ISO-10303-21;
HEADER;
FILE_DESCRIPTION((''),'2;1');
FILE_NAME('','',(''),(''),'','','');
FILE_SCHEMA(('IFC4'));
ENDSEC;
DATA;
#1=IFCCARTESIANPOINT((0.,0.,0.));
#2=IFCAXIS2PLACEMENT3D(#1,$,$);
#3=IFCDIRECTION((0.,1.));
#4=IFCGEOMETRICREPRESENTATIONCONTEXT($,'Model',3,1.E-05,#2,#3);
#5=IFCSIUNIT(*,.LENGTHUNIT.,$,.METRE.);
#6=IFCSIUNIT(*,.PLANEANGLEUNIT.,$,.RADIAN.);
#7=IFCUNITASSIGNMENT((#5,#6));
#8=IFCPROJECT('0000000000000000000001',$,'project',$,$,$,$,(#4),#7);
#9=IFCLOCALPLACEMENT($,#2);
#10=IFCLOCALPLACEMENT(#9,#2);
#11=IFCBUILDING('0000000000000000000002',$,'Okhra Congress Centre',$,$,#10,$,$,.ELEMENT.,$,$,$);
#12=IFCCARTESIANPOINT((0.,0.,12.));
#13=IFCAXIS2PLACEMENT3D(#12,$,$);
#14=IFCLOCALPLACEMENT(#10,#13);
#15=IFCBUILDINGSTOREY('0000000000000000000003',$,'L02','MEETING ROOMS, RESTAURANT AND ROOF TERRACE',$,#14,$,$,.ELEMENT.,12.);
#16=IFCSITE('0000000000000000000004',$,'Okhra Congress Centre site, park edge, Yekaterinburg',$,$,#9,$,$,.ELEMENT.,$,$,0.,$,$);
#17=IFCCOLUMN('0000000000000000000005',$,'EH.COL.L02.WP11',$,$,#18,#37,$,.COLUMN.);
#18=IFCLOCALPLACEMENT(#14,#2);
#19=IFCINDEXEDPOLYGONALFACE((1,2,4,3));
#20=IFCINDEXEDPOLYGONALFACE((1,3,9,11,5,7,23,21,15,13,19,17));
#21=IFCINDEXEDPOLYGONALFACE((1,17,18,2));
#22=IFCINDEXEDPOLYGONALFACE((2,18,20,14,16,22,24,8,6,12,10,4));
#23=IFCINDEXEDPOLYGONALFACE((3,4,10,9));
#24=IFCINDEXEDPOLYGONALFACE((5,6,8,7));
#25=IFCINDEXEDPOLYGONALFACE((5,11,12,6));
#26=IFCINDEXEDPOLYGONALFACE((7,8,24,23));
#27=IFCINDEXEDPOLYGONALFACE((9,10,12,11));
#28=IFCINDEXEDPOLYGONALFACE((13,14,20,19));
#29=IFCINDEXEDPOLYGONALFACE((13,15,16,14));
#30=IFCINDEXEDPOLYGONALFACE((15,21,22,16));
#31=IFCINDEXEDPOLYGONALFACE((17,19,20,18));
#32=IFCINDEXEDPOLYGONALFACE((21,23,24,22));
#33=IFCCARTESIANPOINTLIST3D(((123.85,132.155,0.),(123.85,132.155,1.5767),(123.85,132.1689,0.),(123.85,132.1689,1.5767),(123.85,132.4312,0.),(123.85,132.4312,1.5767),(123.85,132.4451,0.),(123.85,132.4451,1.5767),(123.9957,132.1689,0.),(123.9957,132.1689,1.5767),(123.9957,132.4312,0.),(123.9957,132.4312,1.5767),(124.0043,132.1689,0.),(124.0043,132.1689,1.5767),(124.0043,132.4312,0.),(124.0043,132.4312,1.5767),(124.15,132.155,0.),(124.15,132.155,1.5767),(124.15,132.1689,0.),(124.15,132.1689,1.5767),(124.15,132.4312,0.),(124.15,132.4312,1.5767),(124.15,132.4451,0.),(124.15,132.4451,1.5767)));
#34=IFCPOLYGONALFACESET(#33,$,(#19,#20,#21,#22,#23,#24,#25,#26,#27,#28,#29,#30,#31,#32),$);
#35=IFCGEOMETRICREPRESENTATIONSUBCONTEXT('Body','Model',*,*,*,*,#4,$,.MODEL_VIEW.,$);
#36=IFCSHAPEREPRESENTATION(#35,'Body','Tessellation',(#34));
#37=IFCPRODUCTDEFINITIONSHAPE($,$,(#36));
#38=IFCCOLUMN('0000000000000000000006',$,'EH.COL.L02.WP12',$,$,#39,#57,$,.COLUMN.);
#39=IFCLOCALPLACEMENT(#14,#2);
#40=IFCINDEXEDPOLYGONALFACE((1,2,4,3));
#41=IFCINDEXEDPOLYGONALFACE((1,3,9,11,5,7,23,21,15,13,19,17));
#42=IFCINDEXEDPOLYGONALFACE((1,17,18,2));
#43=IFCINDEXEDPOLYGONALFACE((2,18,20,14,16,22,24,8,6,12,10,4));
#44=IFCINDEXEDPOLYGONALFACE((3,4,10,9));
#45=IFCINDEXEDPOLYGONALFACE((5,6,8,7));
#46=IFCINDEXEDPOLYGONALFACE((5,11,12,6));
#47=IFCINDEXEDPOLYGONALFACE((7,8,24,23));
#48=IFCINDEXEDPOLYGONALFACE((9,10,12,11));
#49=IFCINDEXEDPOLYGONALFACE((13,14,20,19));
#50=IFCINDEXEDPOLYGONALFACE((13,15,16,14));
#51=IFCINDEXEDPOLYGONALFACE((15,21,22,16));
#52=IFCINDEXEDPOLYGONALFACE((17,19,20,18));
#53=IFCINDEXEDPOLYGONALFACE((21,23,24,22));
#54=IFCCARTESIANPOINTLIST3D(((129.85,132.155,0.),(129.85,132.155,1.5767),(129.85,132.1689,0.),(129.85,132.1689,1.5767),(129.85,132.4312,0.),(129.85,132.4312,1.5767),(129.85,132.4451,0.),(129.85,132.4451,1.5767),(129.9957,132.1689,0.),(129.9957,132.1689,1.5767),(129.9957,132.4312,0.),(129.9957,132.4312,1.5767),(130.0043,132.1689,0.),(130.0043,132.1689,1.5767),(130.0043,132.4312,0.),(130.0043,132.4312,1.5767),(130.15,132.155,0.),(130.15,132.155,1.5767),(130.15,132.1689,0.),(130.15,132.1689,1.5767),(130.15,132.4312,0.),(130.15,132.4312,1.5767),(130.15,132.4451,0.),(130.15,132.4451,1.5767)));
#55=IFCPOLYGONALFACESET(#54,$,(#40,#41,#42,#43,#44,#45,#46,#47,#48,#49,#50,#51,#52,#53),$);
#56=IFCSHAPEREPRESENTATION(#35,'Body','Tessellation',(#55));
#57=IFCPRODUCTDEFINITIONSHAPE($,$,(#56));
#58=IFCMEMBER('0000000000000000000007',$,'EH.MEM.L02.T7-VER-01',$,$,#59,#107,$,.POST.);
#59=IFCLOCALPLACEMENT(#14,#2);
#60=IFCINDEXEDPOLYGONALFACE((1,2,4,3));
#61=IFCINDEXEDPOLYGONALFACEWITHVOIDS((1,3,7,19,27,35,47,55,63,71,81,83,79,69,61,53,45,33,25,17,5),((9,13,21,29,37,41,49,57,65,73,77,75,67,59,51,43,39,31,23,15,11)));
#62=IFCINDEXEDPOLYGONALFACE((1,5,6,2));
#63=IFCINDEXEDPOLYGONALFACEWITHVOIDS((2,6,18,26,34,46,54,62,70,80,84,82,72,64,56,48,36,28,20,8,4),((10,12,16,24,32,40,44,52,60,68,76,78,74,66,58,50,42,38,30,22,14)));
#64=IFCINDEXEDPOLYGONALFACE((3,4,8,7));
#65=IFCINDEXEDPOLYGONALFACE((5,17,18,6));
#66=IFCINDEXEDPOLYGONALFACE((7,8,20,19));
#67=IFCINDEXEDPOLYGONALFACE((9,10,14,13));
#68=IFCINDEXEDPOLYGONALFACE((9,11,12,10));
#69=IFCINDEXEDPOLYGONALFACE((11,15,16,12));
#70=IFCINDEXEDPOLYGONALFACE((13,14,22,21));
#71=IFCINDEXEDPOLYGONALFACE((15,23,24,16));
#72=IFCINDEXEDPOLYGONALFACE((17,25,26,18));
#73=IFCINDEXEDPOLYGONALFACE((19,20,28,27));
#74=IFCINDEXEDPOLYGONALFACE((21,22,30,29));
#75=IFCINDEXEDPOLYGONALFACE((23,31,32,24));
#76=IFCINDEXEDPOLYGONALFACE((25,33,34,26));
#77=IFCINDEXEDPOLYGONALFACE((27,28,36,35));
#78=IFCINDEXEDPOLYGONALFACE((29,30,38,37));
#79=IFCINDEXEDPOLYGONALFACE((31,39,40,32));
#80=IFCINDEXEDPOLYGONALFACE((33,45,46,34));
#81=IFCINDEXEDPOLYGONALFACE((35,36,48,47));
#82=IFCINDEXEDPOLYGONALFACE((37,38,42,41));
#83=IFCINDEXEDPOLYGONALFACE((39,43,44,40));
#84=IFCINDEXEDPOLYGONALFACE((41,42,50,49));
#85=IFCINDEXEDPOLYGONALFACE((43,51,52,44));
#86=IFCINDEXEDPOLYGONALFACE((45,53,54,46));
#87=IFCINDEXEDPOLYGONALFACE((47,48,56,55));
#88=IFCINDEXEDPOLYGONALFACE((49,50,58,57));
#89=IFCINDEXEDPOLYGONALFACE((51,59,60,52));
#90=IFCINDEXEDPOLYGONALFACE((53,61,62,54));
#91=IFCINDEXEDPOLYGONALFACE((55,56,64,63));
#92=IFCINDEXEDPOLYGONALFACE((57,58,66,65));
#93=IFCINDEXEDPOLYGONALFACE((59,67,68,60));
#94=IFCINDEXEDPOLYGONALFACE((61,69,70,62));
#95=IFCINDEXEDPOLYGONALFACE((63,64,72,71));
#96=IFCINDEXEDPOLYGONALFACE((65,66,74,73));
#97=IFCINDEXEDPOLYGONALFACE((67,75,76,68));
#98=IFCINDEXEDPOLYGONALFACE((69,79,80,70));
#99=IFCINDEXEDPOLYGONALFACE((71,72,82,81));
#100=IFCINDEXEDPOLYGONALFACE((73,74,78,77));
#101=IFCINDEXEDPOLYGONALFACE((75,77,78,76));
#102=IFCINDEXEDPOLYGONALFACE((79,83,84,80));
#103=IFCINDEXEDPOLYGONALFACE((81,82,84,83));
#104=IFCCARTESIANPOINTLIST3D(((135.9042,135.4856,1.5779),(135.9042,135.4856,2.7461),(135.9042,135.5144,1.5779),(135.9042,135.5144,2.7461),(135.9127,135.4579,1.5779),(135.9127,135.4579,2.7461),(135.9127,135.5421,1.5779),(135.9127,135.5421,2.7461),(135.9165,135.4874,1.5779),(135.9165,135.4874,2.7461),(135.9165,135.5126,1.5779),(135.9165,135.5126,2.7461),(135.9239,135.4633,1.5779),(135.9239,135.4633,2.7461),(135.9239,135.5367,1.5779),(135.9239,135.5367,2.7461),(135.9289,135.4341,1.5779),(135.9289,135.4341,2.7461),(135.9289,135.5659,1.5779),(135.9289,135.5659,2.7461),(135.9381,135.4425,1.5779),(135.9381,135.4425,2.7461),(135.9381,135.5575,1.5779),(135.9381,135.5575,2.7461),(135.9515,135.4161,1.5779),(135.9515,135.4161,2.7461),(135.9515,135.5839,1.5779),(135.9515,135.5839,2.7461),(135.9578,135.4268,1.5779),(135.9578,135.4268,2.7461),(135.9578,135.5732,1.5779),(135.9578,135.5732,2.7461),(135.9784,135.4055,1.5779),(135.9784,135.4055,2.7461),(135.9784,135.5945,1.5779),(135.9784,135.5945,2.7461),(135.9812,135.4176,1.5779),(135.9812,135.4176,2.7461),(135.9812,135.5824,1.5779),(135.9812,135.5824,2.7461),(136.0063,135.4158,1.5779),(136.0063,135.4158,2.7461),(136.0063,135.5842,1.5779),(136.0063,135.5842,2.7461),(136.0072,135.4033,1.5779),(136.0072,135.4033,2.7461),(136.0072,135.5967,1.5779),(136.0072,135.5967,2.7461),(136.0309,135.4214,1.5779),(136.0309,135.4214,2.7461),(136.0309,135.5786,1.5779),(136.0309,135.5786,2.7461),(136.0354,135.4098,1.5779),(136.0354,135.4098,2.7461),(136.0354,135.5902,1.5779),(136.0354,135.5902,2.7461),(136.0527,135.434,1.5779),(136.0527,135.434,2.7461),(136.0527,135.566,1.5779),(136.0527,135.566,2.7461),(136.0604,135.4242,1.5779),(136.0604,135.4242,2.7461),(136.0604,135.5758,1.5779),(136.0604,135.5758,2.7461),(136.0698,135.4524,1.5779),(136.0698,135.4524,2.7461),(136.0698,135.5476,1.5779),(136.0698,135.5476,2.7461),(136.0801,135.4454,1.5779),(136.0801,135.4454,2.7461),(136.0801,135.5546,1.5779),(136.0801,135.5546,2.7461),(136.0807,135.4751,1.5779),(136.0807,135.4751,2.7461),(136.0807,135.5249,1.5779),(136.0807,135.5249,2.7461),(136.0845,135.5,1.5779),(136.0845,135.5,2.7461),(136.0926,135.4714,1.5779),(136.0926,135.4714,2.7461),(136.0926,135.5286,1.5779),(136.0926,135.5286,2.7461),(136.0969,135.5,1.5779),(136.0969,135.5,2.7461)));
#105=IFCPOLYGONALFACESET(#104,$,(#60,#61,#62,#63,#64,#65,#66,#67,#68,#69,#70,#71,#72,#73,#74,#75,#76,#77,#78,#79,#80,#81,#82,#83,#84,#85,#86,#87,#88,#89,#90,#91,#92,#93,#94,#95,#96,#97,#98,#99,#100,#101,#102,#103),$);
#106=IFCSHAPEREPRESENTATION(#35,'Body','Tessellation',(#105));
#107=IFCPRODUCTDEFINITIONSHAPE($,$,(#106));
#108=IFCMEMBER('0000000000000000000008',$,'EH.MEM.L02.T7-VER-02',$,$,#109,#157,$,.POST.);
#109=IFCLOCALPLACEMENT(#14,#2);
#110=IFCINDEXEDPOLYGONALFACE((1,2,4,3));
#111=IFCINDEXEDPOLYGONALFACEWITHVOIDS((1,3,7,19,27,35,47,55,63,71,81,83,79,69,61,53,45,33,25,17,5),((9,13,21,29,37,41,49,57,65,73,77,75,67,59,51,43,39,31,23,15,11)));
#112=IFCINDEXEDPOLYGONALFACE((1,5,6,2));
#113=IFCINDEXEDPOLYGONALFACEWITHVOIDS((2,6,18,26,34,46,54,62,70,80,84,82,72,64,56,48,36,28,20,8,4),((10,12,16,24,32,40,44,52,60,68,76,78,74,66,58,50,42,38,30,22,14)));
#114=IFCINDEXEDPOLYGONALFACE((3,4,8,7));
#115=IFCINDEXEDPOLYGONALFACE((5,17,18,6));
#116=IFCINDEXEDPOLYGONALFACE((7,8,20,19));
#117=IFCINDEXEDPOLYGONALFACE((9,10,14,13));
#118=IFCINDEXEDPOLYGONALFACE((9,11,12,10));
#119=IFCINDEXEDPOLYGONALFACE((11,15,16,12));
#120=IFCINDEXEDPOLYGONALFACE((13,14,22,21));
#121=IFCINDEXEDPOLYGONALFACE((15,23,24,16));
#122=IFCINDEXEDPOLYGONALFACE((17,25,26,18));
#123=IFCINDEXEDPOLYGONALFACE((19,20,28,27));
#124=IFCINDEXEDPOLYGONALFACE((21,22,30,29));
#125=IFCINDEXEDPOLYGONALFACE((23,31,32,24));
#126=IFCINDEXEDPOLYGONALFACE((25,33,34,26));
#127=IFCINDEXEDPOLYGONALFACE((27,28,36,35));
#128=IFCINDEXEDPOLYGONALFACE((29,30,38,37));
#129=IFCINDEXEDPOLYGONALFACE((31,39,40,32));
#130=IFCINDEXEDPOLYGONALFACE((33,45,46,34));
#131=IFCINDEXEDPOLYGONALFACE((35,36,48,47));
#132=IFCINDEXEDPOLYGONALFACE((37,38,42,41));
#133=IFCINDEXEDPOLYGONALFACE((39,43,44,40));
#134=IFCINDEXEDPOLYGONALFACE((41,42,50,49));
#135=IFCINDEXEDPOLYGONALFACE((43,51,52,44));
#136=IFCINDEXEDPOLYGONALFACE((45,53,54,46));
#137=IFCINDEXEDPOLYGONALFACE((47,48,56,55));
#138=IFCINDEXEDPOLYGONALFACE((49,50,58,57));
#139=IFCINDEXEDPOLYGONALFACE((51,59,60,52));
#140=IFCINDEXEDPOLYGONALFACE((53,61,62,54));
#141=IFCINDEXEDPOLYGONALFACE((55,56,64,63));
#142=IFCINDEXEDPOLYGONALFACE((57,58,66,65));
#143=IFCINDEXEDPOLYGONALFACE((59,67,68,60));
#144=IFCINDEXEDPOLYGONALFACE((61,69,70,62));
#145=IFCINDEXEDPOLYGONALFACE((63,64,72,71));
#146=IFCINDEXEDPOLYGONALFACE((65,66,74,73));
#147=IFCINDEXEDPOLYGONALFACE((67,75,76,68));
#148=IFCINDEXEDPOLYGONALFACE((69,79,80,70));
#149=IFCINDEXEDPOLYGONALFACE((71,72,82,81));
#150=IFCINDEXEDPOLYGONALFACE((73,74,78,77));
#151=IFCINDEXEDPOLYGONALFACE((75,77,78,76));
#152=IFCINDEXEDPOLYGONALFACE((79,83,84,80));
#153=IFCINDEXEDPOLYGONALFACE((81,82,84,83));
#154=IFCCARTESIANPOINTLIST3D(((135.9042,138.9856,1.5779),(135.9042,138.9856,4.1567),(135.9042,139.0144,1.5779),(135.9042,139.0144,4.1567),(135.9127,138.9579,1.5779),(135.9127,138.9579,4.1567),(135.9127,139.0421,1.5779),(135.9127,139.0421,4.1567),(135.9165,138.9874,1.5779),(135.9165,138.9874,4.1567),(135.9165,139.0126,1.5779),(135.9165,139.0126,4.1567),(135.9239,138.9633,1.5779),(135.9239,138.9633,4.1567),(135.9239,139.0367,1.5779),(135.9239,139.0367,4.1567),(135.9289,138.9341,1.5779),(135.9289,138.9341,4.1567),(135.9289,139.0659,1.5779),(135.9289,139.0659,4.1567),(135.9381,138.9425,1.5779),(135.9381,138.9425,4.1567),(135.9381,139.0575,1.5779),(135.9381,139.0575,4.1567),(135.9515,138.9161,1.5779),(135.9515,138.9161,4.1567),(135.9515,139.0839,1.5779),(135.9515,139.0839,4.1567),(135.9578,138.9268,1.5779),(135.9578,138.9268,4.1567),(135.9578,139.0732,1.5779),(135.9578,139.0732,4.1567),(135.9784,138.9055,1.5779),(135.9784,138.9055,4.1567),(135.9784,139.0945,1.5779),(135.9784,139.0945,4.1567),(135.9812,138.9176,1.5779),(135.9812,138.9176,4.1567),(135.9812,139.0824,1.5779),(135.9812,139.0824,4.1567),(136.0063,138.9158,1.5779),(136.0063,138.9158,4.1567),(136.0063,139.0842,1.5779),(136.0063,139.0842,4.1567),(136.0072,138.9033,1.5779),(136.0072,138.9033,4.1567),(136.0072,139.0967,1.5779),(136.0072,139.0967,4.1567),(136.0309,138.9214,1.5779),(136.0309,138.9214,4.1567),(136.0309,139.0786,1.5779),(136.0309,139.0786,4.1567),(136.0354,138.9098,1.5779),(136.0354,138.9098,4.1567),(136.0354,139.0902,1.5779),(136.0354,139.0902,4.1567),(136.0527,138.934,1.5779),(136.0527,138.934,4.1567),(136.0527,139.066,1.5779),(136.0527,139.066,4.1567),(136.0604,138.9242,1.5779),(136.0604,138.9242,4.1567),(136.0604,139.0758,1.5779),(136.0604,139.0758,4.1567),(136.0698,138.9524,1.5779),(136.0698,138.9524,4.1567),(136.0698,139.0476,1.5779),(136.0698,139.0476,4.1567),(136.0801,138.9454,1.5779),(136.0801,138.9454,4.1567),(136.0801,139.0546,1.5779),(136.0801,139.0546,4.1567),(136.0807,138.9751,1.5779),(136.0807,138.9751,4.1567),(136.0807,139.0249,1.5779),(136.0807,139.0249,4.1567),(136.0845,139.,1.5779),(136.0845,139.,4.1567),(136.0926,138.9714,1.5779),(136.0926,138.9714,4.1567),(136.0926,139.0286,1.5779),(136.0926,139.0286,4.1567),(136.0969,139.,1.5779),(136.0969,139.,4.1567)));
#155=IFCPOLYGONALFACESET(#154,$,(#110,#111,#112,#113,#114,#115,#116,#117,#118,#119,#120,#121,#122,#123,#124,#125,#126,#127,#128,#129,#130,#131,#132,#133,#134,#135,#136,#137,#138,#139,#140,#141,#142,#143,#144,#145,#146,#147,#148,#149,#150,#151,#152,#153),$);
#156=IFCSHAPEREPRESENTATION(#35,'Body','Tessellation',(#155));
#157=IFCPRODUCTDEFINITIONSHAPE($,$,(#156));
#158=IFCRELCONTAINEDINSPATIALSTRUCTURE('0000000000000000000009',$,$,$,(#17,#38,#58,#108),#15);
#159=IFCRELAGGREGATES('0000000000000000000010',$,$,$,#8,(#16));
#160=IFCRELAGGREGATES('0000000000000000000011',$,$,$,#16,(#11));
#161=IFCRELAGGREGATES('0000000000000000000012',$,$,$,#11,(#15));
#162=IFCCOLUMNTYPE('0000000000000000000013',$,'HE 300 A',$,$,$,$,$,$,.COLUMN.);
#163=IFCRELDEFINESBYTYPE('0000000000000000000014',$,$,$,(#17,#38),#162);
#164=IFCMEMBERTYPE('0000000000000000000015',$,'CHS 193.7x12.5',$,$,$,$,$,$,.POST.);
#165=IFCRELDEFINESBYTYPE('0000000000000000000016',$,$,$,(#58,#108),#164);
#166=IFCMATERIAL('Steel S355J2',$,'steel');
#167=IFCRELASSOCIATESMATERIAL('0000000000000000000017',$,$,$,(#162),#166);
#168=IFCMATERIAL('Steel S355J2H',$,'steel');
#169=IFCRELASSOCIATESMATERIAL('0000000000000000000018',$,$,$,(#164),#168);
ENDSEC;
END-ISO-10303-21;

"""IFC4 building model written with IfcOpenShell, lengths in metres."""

from ifc_helpers import new_model, si_unit, direction, frame, origin, origin_2d, place, context, subcontext, project, spatial, hollow_circle, i_section, extrude, material, material_profile, profile_set, type_object, element, save


model = new_model("IFC4")

# Units and contexts
model_context = context("Model", 3, precision=1e-05, world=origin(), true_north=direction((0.0, 1.0)))
body_context = subcontext(model_context, "Body", "Model", "MODEL_VIEW")
ifc_project = project(units=[si_unit("LENGTHUNIT", "METRE"), si_unit("PLANEANGLEUNIT", "RADIAN")], contexts=[model_context])

# Site, building, storey
site_placement = place(None, origin())
site = spatial("IfcSite", under=ifc_project, at=site_placement, Name="Okhra Congress Centre site, park edge, Yekaterinburg", CompositionType="ELEMENT", RefElevation=0.0)
building_placement = place(site_placement, origin())
building = spatial("IfcBuilding", under=site, at=building_placement, Name="Okhra Congress Centre", CompositionType="ELEMENT")
storey_placement = place(building_placement, frame((0.0, 0.0, 12.0)))
storey = spatial("IfcBuildingStorey", under=building, at=storey_placement, Name="L02", Description="MEETING ROOMS, RESTAURANT AND ROOF TERRACE", CompositionType="ELEMENT", Elevation=12.0)

# Columns
ifc_material_1 = material(Name="Steel S355J2", Category="steel")
ifc_material_profile_1 = material_profile(ifc_material_1, i_section(OverallWidth=0.3, OverallDepth=0.29, WebThickness=0.0085, FlangeThickness=0.0139, at=origin_2d()), Name="HE 300 A")
ifc_profile_set_1 = profile_set([ifc_material_profile_1], Name="Steel S355J2")
column_type = type_object("IfcColumnType", Name="HE 300 A", PredefinedType="COLUMN", material=ifc_profile_set_1)
for number, where, z_axis, x_axis, name in (
    (1, (124.0, 132.3, 0.0), (0.0, 0.0, 1.0), (1.0, 0.0, 0.0), "EH.COL.L02.WP11"),
    (2, (130.0, 132.3, 0.0), (0.0, 0.0, 1.0), (1.0, 0.0, 0.0), "EH.COL.L02.WP12"),
):
    element("IfcColumn", number, at=place(storey_placement, frame(where, z_axis=z_axis, x_axis=x_axis)), inside=storey, type_object=column_type, Name=name, PredefinedType="COLUMN", context=body_context, shape_type="SweptSolid", body=[
        extrude(i_section(OverallWidth=0.3, OverallDepth=0.29, WebThickness=0.0085, FlangeThickness=0.0139, at=origin_2d()), origin(), (0.0, 0.0, 1.0), 1.5767),
    ])

# Members
ifc_material_2 = material(Name="Steel S355J2H", Category="steel")
ifc_material_profile_2 = material_profile(ifc_material_2, hollow_circle(Radius=0.0969, WallThickness=0.0125, at=origin_2d()), Name="CHS 193.7x12.5")
ifc_profile_set_2 = profile_set([ifc_material_profile_2], Name="Steel S355J2H")
member_type_1 = type_object("IfcMemberType", Name="CHS 193.7x12.5", PredefinedType="POST", material=ifc_profile_set_2)
member_1_placement = place(storey_placement, frame((136.0, 135.5, 1.5779), z_axis=(0.0, 0.0, 1.0), x_axis=(1.0, 0.0, 0.0)))
element("IfcMember", 3, at=member_1_placement, inside=storey, type_object=member_type_1, Name="EH.MEM.L02.T7-VER-01", PredefinedType="POST", context=body_context, shape_type="SweptSolid", body=[
    extrude(hollow_circle(Radius=0.0969, WallThickness=0.0125, at=origin_2d()), origin(), (0.0, 0.0, 1.0), 1.1682),
])
member_2_placement = place(storey_placement, frame((136.0, 139.0, 1.5779), z_axis=(0.0, 0.0, 1.0), x_axis=(1.0, 0.0, 0.0)))
element("IfcMember", 4, at=member_2_placement, inside=storey, type_object=member_type_1, Name="EH.MEM.L02.T7-VER-02", PredefinedType="POST", context=body_context, shape_type="SweptSolid", body=[
    extrude(hollow_circle(Radius=0.0969, WallThickness=0.0125, at=origin_2d()), origin(), (0.0, 0.0, 1.0), 2.5789),
])

save(model, "model.ifc")
